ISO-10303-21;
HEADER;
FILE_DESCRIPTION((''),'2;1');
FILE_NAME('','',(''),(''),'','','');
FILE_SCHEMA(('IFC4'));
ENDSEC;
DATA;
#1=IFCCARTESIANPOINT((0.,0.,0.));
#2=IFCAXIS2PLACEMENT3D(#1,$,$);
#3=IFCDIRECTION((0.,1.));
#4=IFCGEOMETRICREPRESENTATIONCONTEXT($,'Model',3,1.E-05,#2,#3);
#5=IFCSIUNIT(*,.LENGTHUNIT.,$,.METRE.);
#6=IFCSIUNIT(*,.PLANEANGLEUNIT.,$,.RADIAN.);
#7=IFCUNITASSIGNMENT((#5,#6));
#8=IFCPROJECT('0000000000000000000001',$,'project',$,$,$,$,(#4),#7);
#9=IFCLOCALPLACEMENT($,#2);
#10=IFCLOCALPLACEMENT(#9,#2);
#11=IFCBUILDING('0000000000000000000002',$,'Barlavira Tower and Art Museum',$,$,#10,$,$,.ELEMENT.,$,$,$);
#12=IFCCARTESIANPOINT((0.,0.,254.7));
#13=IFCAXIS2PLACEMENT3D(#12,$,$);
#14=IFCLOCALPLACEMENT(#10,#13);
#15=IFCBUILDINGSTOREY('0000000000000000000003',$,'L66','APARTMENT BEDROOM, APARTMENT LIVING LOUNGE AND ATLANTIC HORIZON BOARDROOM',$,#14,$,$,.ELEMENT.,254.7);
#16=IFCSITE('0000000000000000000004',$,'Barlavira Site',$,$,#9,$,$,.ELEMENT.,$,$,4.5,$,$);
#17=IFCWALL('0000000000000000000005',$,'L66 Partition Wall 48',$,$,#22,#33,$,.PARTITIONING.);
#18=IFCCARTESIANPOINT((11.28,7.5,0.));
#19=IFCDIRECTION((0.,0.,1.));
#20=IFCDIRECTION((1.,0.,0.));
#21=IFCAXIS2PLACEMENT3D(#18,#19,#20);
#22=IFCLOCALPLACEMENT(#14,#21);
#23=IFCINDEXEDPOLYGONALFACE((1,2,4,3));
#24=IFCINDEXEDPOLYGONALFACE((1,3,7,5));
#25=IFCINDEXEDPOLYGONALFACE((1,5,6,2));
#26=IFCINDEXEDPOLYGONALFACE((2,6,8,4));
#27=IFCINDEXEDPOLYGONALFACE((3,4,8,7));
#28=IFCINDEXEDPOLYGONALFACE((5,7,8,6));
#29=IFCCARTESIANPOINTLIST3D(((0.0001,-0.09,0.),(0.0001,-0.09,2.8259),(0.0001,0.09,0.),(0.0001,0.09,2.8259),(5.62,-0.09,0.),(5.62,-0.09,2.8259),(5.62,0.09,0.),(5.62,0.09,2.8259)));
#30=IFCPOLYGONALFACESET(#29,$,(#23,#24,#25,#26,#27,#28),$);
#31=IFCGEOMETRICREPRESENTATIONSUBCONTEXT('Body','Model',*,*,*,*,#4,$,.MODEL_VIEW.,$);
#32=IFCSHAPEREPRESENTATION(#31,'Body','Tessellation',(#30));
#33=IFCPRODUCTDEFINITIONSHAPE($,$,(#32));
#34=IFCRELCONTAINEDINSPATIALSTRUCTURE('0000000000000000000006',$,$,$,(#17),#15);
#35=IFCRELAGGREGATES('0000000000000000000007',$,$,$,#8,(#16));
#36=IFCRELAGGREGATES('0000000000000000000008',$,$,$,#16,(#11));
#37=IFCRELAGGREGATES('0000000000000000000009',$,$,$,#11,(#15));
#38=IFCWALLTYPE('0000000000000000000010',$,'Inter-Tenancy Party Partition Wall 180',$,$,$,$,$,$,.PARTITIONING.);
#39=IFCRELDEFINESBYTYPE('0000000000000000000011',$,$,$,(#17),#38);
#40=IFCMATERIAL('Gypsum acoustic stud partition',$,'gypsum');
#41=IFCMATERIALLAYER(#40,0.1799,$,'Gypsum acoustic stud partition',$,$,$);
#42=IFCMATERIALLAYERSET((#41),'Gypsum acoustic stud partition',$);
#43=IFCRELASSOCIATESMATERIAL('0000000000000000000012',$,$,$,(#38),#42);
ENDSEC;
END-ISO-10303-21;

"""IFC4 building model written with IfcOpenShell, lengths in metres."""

from ifc_helpers import new_model, si_unit, direction, frame, frame_2d, origin, place, context, subcontext, project, spatial, rectangle, extrude, material, layer, layer_set, type_object, element, save


model = new_model("IFC4")

# Units and contexts
model_context = context("Model", 3, precision=1e-05, world=origin(), true_north=direction((0.0, 1.0)))
body_context = subcontext(model_context, "Body", "Model", "MODEL_VIEW")
ifc_project = project(units=[si_unit("LENGTHUNIT", "METRE"), si_unit("PLANEANGLEUNIT", "RADIAN")], contexts=[model_context])

# Site, building, storey
site_placement = place(None, origin())
site = spatial("IfcSite", under=ifc_project, at=site_placement, Name="Barlavira Site", CompositionType="ELEMENT", RefElevation=4.5)
building_placement = place(site_placement, origin())
building = spatial("IfcBuilding", under=site, at=building_placement, Name="Barlavira Tower and Art Museum", CompositionType="ELEMENT")
storey_placement = place(building_placement, frame((0.0, 0.0, 254.7)))
storey = spatial("IfcBuildingStorey", under=building, at=storey_placement, Name="L66", Description="APARTMENT BEDROOM, APARTMENT LIVING LOUNGE AND ATLANTIC HORIZON BOARDROOM", CompositionType="ELEMENT", Elevation=254.7)

# Shared definitions
ifc_material_1 = material(Name="Gypsum acoustic stud partition", Category="gypsum")

# Wall
ifc_layer_1 = layer(ifc_material_1, 0.1799, Name="Gypsum acoustic stud partition")
ifc_layer_set_1 = layer_set([ifc_layer_1], Name="Gypsum acoustic stud partition")
wall_type_1 = type_object("IfcWallType", Name="Inter-Tenancy Party Partition Wall 180", PredefinedType="PARTITIONING", material=ifc_layer_set_1)
wall_1_placement = place(storey_placement, frame((11.28, 7.5, 0.0), z_axis=(0.0, 0.0, 1.0), x_axis=(1.0, 0.0, 0.0)))
element("IfcWall", 1, at=wall_1_placement, inside=storey, type_object=wall_type_1, Name="L66 Partition Wall 48", PredefinedType="PARTITIONING", context=body_context, shape_type="SweptSolid", body=[
    extrude(rectangle(XDim=5.6199, YDim=0.1799, at=frame_2d((2.8101, 0.0))), origin(), (0.0, 0.0, 1.0), 2.8259),
])

save(model, "model.ifc")
